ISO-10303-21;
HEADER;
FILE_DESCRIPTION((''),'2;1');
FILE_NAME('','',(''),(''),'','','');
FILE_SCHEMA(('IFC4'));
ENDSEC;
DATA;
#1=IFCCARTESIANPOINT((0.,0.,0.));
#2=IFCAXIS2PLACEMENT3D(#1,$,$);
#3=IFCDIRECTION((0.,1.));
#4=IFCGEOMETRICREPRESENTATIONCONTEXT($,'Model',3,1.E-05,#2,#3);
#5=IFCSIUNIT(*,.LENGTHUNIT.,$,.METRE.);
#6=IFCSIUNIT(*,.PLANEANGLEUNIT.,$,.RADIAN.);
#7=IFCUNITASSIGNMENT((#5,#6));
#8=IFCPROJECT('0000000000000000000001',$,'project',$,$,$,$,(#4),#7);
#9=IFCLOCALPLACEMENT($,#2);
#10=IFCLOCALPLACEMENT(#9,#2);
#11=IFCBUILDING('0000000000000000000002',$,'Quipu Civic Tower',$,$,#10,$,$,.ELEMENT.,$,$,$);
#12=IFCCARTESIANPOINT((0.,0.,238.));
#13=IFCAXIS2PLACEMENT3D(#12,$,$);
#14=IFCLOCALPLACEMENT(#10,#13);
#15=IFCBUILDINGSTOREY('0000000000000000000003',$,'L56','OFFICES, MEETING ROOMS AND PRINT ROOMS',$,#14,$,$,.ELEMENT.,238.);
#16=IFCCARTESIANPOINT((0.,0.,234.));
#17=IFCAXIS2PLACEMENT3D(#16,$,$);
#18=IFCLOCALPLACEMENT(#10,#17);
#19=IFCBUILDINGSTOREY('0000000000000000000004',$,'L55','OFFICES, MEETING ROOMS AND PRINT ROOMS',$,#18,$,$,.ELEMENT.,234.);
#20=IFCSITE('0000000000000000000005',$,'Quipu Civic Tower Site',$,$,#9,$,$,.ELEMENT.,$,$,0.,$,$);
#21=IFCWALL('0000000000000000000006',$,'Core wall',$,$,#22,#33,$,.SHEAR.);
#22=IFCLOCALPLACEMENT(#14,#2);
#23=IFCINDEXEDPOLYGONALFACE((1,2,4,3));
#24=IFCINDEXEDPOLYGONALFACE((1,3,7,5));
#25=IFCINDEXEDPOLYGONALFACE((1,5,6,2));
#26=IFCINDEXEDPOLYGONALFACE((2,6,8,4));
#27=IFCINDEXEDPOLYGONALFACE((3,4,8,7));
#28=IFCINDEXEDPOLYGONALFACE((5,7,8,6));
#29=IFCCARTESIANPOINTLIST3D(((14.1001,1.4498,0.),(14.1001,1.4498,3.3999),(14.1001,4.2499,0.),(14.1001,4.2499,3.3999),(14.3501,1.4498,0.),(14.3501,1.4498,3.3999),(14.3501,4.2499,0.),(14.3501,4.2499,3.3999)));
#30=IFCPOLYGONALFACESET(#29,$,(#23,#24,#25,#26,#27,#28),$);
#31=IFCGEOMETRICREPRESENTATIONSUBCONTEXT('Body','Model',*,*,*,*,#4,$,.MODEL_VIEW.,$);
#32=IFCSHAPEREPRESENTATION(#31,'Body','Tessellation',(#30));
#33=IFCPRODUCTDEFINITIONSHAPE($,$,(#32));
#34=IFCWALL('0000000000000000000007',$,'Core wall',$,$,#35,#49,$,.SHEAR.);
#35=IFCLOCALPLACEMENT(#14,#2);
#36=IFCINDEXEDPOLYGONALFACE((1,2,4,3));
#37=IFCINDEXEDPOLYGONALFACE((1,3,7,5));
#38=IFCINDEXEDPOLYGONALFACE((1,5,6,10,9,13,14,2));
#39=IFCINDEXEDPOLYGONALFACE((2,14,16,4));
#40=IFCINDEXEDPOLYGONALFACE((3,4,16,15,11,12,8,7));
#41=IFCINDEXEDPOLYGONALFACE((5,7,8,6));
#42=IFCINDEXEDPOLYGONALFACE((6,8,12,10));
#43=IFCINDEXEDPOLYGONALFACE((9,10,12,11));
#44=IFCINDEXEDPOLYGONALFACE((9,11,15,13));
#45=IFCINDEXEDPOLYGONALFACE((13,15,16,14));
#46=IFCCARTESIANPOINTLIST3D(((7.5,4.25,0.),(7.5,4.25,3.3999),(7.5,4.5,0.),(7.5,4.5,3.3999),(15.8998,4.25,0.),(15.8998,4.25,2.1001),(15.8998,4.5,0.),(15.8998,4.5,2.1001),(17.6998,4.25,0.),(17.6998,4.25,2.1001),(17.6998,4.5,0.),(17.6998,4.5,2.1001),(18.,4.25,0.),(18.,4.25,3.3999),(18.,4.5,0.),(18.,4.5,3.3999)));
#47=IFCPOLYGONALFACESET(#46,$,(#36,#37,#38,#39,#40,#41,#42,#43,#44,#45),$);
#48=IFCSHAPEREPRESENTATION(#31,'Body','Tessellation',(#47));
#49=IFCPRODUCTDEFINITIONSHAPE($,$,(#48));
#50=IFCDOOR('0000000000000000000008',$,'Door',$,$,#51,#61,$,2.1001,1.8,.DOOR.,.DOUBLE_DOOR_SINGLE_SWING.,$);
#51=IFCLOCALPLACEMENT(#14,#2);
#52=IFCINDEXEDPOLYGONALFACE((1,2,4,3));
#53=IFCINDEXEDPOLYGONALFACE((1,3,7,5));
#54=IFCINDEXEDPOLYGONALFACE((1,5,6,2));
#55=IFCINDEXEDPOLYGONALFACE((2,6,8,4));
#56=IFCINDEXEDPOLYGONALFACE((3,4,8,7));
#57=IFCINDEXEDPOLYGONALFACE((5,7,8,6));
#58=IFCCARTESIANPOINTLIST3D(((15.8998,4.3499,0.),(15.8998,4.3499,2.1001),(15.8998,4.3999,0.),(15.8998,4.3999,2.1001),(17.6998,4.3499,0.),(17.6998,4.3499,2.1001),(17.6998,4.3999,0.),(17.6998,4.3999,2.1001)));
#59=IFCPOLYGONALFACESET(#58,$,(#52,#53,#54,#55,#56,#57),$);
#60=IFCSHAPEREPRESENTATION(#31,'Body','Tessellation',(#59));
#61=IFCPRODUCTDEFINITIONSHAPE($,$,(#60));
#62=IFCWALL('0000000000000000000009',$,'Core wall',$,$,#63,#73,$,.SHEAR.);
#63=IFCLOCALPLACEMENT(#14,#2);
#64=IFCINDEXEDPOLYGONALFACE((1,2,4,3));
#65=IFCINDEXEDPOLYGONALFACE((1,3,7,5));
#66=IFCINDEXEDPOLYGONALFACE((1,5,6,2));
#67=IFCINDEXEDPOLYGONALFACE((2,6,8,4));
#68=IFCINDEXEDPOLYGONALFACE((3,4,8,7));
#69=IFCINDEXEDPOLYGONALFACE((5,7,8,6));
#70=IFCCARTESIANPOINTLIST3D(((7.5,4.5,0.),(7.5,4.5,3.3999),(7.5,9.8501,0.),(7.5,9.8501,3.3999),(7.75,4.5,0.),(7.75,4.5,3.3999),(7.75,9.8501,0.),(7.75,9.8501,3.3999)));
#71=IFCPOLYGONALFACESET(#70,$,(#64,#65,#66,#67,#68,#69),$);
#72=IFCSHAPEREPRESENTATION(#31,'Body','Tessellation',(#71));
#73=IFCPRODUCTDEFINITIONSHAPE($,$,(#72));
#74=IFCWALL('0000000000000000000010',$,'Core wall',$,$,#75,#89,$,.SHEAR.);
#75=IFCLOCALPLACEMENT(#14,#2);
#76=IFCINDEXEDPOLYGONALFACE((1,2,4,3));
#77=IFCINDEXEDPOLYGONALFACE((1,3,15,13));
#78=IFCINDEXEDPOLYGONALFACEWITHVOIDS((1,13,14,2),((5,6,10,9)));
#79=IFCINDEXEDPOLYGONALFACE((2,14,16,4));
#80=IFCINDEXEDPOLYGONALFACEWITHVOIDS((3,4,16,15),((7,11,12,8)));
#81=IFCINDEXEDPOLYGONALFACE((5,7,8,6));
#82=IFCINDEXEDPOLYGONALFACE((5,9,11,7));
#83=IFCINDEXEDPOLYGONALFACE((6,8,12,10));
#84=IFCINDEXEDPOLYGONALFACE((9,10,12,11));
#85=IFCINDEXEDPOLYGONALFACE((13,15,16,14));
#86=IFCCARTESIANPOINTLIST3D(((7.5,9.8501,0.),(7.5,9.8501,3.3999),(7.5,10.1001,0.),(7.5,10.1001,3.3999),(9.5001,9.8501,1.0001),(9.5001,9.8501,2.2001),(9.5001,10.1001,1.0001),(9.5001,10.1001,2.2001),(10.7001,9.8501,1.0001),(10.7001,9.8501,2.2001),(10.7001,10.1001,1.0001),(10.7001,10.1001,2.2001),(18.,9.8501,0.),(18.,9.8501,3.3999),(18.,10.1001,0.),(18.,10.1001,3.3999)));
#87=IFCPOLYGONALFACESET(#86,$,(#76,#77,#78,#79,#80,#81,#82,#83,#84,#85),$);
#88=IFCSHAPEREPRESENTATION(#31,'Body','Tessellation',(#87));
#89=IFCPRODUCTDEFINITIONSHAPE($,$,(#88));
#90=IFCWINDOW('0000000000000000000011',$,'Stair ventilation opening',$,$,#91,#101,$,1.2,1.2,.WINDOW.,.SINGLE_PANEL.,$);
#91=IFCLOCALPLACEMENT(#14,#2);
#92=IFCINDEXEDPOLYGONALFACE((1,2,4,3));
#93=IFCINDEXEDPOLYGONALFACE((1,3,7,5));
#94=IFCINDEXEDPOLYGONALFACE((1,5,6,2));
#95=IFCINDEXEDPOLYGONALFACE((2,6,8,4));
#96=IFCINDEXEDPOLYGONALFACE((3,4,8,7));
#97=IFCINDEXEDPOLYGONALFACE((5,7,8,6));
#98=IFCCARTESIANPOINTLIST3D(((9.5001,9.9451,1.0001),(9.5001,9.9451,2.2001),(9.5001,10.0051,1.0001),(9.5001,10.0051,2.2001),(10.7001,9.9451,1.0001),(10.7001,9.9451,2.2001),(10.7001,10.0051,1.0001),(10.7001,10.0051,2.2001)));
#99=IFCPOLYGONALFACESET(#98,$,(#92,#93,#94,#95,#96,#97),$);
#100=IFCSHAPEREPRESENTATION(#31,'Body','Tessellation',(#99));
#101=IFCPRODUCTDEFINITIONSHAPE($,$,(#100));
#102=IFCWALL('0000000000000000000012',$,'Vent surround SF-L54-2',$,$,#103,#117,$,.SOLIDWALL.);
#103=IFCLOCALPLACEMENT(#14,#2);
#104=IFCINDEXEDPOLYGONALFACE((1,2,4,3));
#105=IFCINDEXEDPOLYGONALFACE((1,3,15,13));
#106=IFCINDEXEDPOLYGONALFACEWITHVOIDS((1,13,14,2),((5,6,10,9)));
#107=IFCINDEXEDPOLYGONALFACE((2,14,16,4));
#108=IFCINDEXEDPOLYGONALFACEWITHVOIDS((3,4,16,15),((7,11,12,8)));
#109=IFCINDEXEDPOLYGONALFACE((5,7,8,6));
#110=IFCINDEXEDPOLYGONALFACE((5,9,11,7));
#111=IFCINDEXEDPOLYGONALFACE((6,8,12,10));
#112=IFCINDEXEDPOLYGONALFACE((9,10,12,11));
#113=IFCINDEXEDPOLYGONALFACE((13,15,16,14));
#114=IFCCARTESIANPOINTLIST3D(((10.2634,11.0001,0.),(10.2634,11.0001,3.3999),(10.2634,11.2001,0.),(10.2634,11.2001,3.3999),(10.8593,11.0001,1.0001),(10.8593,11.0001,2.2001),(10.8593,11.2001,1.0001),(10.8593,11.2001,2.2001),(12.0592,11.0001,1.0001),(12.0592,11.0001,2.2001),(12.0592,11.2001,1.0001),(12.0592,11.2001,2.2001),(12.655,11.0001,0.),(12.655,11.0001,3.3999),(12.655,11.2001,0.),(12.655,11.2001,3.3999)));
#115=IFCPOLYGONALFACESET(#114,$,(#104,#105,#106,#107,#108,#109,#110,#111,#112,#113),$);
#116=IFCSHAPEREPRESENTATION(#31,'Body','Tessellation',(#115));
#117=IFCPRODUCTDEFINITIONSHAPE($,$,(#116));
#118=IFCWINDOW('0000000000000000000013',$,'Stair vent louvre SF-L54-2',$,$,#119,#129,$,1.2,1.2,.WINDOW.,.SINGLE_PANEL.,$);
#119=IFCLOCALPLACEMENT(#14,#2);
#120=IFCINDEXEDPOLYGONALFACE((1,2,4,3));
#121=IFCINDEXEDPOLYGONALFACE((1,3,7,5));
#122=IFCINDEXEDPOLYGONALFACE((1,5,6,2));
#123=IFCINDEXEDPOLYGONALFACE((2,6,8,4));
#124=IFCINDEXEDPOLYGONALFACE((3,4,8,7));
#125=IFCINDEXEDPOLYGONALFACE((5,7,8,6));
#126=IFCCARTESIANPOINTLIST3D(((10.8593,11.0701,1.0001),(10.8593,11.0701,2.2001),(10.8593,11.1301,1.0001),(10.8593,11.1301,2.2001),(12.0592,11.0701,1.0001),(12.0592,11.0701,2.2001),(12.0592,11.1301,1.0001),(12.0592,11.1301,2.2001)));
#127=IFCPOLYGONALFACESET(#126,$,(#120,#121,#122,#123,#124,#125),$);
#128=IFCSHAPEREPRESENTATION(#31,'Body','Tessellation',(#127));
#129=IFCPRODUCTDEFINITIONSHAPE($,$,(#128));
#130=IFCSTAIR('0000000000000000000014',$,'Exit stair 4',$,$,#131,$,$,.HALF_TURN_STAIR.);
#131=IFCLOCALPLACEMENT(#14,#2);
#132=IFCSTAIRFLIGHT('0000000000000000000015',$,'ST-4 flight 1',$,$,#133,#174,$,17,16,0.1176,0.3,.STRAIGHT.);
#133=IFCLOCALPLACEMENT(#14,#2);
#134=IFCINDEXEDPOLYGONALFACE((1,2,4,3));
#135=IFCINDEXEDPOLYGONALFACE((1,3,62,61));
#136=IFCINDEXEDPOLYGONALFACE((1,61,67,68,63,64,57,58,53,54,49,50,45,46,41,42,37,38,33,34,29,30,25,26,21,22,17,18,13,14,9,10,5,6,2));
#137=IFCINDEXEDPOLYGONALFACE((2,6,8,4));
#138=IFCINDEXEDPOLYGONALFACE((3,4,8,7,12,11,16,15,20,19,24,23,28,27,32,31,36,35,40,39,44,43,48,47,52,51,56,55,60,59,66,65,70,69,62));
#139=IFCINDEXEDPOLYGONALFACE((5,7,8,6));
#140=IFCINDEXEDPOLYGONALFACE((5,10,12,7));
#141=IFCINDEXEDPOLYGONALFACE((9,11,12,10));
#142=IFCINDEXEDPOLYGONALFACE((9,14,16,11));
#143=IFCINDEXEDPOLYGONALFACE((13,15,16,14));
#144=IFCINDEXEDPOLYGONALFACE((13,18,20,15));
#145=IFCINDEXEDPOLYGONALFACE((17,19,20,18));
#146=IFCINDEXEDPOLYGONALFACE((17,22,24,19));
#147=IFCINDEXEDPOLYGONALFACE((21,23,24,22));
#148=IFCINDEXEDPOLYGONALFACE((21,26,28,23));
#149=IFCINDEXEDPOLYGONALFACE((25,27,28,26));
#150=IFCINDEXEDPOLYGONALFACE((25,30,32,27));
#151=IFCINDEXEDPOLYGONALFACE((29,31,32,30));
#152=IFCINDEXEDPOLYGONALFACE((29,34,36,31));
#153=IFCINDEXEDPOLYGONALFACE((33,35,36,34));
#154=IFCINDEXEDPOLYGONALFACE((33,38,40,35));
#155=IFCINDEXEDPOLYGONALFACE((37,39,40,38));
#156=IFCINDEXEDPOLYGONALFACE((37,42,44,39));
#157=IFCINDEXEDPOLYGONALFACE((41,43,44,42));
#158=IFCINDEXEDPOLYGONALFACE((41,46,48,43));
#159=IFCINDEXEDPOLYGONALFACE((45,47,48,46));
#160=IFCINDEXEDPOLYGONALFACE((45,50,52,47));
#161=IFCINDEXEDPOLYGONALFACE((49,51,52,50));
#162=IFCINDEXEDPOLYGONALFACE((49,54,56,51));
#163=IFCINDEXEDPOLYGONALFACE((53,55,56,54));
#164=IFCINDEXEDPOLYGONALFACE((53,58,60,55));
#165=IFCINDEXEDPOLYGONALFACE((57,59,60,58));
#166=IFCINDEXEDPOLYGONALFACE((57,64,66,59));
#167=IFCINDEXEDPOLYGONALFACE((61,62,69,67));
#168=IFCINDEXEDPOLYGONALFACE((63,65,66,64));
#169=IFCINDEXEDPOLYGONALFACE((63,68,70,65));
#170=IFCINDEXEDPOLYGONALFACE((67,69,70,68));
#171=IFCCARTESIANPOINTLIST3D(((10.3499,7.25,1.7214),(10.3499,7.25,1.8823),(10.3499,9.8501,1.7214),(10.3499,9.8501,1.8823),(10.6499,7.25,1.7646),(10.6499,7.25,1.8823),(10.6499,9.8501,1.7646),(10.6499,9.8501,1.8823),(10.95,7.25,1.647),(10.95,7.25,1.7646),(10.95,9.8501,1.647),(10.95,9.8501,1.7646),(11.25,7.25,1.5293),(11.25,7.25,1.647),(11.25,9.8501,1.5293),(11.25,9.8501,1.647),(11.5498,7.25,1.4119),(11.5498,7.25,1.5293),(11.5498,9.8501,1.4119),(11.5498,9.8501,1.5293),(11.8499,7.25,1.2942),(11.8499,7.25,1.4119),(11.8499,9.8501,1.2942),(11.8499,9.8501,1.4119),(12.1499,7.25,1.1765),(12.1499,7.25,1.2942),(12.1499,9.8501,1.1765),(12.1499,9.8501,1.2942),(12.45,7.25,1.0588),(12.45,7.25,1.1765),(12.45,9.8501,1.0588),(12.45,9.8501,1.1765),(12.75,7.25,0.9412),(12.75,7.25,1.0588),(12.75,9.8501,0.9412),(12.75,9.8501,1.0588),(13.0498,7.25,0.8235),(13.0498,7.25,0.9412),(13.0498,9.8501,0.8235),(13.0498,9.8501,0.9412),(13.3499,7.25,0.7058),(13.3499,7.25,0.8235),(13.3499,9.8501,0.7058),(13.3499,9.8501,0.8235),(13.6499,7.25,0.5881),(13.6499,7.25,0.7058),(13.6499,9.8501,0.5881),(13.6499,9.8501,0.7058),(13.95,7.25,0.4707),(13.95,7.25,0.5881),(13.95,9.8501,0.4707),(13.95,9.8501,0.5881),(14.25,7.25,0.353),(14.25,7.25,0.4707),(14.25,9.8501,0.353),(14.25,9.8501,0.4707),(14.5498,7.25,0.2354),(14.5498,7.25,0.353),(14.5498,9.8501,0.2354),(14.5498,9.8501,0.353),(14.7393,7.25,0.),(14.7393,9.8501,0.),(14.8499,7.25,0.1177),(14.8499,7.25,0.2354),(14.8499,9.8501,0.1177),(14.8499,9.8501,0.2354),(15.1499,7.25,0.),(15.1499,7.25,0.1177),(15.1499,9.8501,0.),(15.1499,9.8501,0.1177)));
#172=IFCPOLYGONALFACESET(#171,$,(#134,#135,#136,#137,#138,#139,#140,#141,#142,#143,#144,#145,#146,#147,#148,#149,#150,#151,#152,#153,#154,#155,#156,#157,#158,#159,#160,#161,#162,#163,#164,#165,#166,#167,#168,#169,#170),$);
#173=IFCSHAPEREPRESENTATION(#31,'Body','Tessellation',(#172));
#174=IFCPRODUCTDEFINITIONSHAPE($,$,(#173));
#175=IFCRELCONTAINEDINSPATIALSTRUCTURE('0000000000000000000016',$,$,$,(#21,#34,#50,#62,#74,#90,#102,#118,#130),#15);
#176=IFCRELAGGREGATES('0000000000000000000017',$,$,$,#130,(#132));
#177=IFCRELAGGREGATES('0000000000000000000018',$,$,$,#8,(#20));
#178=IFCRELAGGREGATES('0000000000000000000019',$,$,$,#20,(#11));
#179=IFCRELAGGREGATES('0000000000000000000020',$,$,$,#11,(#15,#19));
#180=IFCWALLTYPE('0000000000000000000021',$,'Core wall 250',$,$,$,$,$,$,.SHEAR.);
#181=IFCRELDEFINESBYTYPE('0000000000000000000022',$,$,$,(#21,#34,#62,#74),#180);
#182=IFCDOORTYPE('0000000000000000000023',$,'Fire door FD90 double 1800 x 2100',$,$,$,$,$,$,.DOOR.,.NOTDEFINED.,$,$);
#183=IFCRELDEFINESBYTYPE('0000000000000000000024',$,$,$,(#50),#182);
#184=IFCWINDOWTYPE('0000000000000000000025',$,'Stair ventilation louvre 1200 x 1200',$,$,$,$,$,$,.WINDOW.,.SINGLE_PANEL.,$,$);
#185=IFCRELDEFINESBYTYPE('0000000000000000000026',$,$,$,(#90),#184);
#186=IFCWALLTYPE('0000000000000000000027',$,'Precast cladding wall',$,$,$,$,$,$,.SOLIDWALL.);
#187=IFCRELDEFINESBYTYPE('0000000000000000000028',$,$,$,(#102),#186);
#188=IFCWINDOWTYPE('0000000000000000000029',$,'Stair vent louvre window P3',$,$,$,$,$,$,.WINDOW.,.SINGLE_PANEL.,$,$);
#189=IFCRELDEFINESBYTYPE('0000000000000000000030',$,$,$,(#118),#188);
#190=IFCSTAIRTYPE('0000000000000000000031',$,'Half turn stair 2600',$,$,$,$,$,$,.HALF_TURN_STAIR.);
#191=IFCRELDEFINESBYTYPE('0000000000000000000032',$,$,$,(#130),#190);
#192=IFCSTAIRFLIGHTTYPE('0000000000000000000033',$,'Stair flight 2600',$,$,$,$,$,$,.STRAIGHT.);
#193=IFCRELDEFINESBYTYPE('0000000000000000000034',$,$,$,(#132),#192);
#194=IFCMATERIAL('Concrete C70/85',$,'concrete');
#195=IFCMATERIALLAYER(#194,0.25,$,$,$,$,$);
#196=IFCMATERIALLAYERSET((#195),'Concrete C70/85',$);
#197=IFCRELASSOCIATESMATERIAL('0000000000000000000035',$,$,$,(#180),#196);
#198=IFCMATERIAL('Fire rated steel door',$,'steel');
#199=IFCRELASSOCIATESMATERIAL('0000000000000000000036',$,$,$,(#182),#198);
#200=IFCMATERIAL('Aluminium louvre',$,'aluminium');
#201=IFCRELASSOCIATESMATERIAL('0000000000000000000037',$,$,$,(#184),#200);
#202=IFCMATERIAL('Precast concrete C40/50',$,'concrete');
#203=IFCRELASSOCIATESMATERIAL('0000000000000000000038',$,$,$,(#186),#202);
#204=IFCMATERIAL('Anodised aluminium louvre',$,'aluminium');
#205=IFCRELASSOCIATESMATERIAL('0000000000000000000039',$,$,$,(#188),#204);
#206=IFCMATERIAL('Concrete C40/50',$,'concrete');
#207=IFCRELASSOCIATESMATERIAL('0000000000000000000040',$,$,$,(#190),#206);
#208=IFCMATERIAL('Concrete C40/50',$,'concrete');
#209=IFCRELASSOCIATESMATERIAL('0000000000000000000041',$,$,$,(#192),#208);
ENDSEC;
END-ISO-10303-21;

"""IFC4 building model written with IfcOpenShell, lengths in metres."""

from ifc_helpers import new_model, si_unit, direction, frame, frame_2d, origin, place, context, subcontext, project, spatial, polyline, rectangle, outline, extrude, material, layer, layer_set, type_object, element, fill, aggregate, save


model = new_model("IFC4")

# Units and contexts
model_context = context("Model", 3, precision=1e-05, world=origin(), true_north=direction((0.0, 1.0)))
body_context = subcontext(model_context, "Body", "Model", "MODEL_VIEW")
ifc_project = project(units=[si_unit("LENGTHUNIT", "METRE"), si_unit("PLANEANGLEUNIT", "RADIAN")], contexts=[model_context])

# Site, building, storey
site_placement = place(None, origin())
site = spatial("IfcSite", under=ifc_project, at=site_placement, Name="Quipu Civic Tower Site", CompositionType="ELEMENT", RefElevation=0.0)
building_placement = place(site_placement, origin())
building = spatial("IfcBuilding", under=site, at=building_placement, Name="Quipu Civic Tower", CompositionType="ELEMENT")
storey_1_placement = place(building_placement, frame((0.0, 0.0, 238.0)))
storey_1 = spatial("IfcBuildingStorey", under=building, at=storey_1_placement, Name="L56", Description="OFFICES, MEETING ROOMS AND PRINT ROOMS", CompositionType="ELEMENT", Elevation=238.0)

# Shared definitions
storey_2_placement = place(building_placement, frame((0.0, 0.0, 234.0)))
storey_2 = spatial("IfcBuildingStorey", under=building, at=storey_2_placement, Name="L55", Description="OFFICES, MEETING ROOMS AND PRINT ROOMS", CompositionType="ELEMENT", Elevation=234.0)

# Shared definitions
ifc_material_1 = material(Name="Concrete C70/85", Category="concrete")
ifc_layer_1 = layer(ifc_material_1, 0.25)
ifc_layer_set_1 = layer_set([ifc_layer_1], Name="Concrete C70/85")
wall_type_1 = type_object("IfcWallType", Name="Core wall 250", PredefinedType="SHEAR", material=ifc_layer_set_1)
ifc_material_2 = material(Name="Fire rated steel door", Category="steel")
door_type = type_object("IfcDoorType", Name="Fire door FD90 double 1800 x 2100", OperationType="NOTDEFINED", PredefinedType="DOOR", material=ifc_material_2)

# Wall
wall_1_placement = place(storey_1_placement, frame((14.2251, 1.45, 0.0), z_axis=(0.0, 0.0, 1.0), x_axis=(0.0, 1.0, 0.0)))
element("IfcWall", 1, at=wall_1_placement, inside=storey_1, type_object=wall_type_1, Name="Core wall", PredefinedType="SHEAR", context=body_context, shape_type="SweptSolid", body=[
    extrude(rectangle(XDim=2.8, YDim=0.25, at=frame_2d((1.3999, 0.0))), origin(), (0.0, 0.0, 1.0), 3.3999),
])

# Wall, opening, door
wall_2_placement = place(storey_1_placement, frame((7.5, 4.375, 0.0), z_axis=(0.0, 0.0, 1.0), x_axis=(1.0, 0.0, 0.0)))
wall_2 = element("IfcWall", 2, at=wall_2_placement, inside=storey_1, type_object=wall_type_1, Name="Core wall", PredefinedType="SHEAR", context=body_context, shape_type="SweptSolid", body=[
    extrude(rectangle(XDim=10.5, YDim=0.25, at=frame_2d((5.25, 0.0))), origin(), (0.0, 0.0, 1.0), 3.3999),
])
opening_1_placement = place(wall_2_placement, frame((8.3999, 0.0, 0.0)))
opening_1 = element("IfcOpeningElement", 3, at=opening_1_placement, cuts=wall_2, PredefinedType="OPENING", context=body_context, shape_type="SweptSolid", body=[
    extrude(rectangle(XDim=1.8, YDim=2.1001, at=frame_2d((0.8999, 1.05))), frame((0.0, 0.135, 0.0), z_axis=(0.0, -1.0, 0.0), x_axis=(1.0, 0.0, 0.0)), (0.0, 0.0, 1.0), 0.27),
])
door_1_placement = place(opening_1_placement, origin())
door_1 = element("IfcDoor", 4, at=door_1_placement, inside=storey_1, type_object=door_type, Name="Door", OperationType="DOUBLE_DOOR_SINGLE_SWING", OverallHeight=2.1001, OverallWidth=1.8, PredefinedType="DOOR", context=body_context, shape_type="SweptSolid", body=[
    extrude(rectangle(XDim=1.8, YDim=2.1001, at=frame_2d((0.8999, 1.05))), frame((0.0, 0.0249, 0.0), z_axis=(0.0, -1.0, 0.0), x_axis=(1.0, 0.0, 0.0)), (0.0, 0.0, 1.0), 0.05),
])
fill(opening_1, door_1)

# Wall
wall_3_placement = place(storey_1_placement, frame((7.625, 4.5, 0.0), z_axis=(0.0, 0.0, 1.0), x_axis=(0.0, 1.0, 0.0)))
element("IfcWall", 5, at=wall_3_placement, inside=storey_1, type_object=wall_type_1, Name="Core wall", PredefinedType="SHEAR", context=body_context, shape_type="SweptSolid", body=[
    extrude(rectangle(XDim=5.3501, YDim=0.25, at=frame_2d((2.675, 0.0))), origin(), (0.0, 0.0, 1.0), 3.3999),
])

# Walls, openings, windows
wall_4_placement = place(storey_1_placement, frame((7.5, 9.9751, 0.0), z_axis=(0.0, 0.0, 1.0), x_axis=(1.0, 0.0, 0.0)))
wall_4 = element("IfcWall", 6, at=wall_4_placement, inside=storey_1, type_object=wall_type_1, Name="Core wall", PredefinedType="SHEAR", context=body_context, shape_type="SweptSolid", body=[
    extrude(rectangle(XDim=10.5, YDim=0.25, at=frame_2d((5.25, 0.0))), origin(), (0.0, 0.0, 1.0), 3.3999),
])
opening_2_placement = place(wall_4_placement, frame((2.0, 0.0, 1.0)))
opening_2 = element("IfcOpeningElement", 7, at=opening_2_placement, cuts=wall_4, PredefinedType="OPENING", context=body_context, shape_type="SweptSolid", body=[
    extrude(rectangle(XDim=1.2, YDim=1.2, at=frame_2d((0.6001, 0.6001))), frame((0.0, 0.135, 0.0), z_axis=(0.0, -1.0, 0.0), x_axis=(1.0, 0.0, 0.0)), (0.0, 0.0, 1.0), 0.27),
])
ifc_material_3 = material(Name="Aluminium louvre", Category="aluminium")
window_type_1 = type_object("IfcWindowType", Name="Stair ventilation louvre 1200 x 1200", PartitioningType="SINGLE_PANEL", PredefinedType="WINDOW", material=ifc_material_3)
window_1_placement = place(opening_2_placement, origin())
window_1 = element("IfcWindow", 8, at=window_1_placement, inside=storey_1, type_object=window_type_1, Name="Stair ventilation opening", OverallHeight=1.2, OverallWidth=1.2, PartitioningType="SINGLE_PANEL", PredefinedType="WINDOW", context=body_context, shape_type="SweptSolid", body=[
    extrude(rectangle(XDim=1.2, YDim=1.2, at=frame_2d((0.6001, 0.6001))), frame((0.0, 0.03, 0.0), z_axis=(0.0, -1.0, 0.0), x_axis=(1.0, 0.0, 0.0)), (0.0, 0.0, 1.0), 0.0601),
])
fill(opening_2, window_1)
ifc_material_4 = material(Name="Precast concrete C40/50", Category="concrete")
wall_type_2 = type_object("IfcWallType", Name="Precast cladding wall", PredefinedType="SOLIDWALL", material=ifc_material_4)
wall_5_placement = place(storey_1_placement, frame((12.655, 11.1001, 0.0), z_axis=(0.0, 0.0, 1.0), x_axis=(-1.0, 0.0, 0.0)))
wall_5 = element("IfcWall", 9, at=wall_5_placement, inside=storey_1, type_object=wall_type_2, Name="Vent surround SF-L54-2", PredefinedType="SOLIDWALL", context=body_context, shape_type="SweptSolid", body=[
    extrude(rectangle(XDim=2.3916, YDim=0.2, at=frame_2d((1.1958, 0.0))), origin(), (0.0, 0.0, 1.0), 3.3999),
])
opening_3_placement = place(wall_5_placement, frame((0.5957, 0.0, 1.0)))
opening_3 = element("IfcOpeningElement", 10, at=opening_3_placement, cuts=wall_5, PredefinedType="OPENING", context=body_context, shape_type="SweptSolid", body=[
    extrude(rectangle(XDim=1.2, YDim=1.2, at=frame_2d((0.6001, 0.6001))), frame((0.0, 0.1099, 0.0), z_axis=(0.0, -1.0, 0.0), x_axis=(1.0, 0.0, 0.0)), (0.0, 0.0, 1.0), 0.22),
])
ifc_material_5 = material(Name="Anodised aluminium louvre", Category="aluminium")
window_type_2 = type_object("IfcWindowType", Name="Stair vent louvre window P3", PartitioningType="SINGLE_PANEL", PredefinedType="WINDOW", material=ifc_material_5)
window_2_placement = place(opening_3_placement, origin())
window_2 = element("IfcWindow", 11, at=window_2_placement, inside=storey_1, type_object=window_type_2, Name="Stair vent louvre SF-L54-2", OverallHeight=1.2, OverallWidth=1.2, PartitioningType="SINGLE_PANEL", PredefinedType="WINDOW", context=body_context, shape_type="SweptSolid", body=[
    extrude(rectangle(XDim=1.2, YDim=1.2, at=frame_2d((0.6001, 0.6001))), frame((0.0, 0.03, 0.0), z_axis=(0.0, -1.0, 0.0), x_axis=(1.0, 0.0, 0.0)), (0.0, 0.0, 1.0), 0.0601),
])
fill(opening_3, window_2)

# Stair, stair flight
ifc_material_6 = material(Name="Concrete C40/50", Category="concrete")
stair_type = type_object("IfcStairType", Name="Half turn stair 2600", PredefinedType="HALF_TURN_STAIR", material=ifc_material_6)
stair_placement = place(storey_1_placement, origin())
stair = element("IfcStair", 12, at=stair_placement, inside=storey_1, type_object=stair_type, Name="Exit stair 4", PredefinedType="HALF_TURN_STAIR")
ifc_material_7 = material(Name="Concrete C40/50", Category="concrete")
stair_flight_type = type_object("IfcStairFlightType", Name="Stair flight 2600", PredefinedType="STRAIGHT", material=ifc_material_7)
stair_flight_1_placement = place(storey_1_placement, frame((15.1499, 8.55, 0.0), z_axis=(0.0, 0.0, 1.0), x_axis=(-1.0, 0.0, 0.0)))
stair_flight_1 = element("IfcStairFlight", 13, at=stair_flight_1_placement, type_object=stair_flight_type, Name="ST-4 flight 1", NumberOfRisers=17, NumberOfTreads=16, PredefinedType="STRAIGHT", RiserHeight=0.1176, TreadLength=0.3, context=body_context, shape_type="SweptSolid", body=[
    extrude(outline(polyline([(0.0, 0.0), (0.0, 0.1177), (0.3, 0.1177), (0.3, 0.2354), (0.6001, 0.2354), (0.6001, 0.353), (0.8999, 0.353), (0.8999, 0.4707), (1.2, 0.4707), (1.2, 0.5881), (1.5, 0.5881), (1.5, 0.7058), (1.8, 0.7058), (1.8, 0.8235), (2.1001, 0.8235), (2.1001, 0.9412), (2.3999, 0.9412), (2.3999, 1.0588), (2.7, 1.0588), (2.7, 1.1765), (3.0, 1.1765), (3.0, 1.2942), (3.3, 1.2942), (3.3, 1.4119), (3.6001, 1.4119), (3.6001, 1.5293), (3.8999, 1.5293), (3.8999, 1.647), (4.2, 1.647), (4.2, 1.7646), (4.5, 1.7646), (4.5, 1.8823), (4.8, 1.8823), (4.8, 2.0), (4.8, 1.7214), (0.4106, 0.0), (0.0, 0.0)])), frame((0.0, 1.3, 0.0), z_axis=(0.0, -1.0, 0.0), x_axis=(1.0, 0.0, 0.0)), (0.0, 0.0, 1.0), 2.6001),
])
aggregate(stair, [stair_flight_1])

save(model, "model.ifc")
